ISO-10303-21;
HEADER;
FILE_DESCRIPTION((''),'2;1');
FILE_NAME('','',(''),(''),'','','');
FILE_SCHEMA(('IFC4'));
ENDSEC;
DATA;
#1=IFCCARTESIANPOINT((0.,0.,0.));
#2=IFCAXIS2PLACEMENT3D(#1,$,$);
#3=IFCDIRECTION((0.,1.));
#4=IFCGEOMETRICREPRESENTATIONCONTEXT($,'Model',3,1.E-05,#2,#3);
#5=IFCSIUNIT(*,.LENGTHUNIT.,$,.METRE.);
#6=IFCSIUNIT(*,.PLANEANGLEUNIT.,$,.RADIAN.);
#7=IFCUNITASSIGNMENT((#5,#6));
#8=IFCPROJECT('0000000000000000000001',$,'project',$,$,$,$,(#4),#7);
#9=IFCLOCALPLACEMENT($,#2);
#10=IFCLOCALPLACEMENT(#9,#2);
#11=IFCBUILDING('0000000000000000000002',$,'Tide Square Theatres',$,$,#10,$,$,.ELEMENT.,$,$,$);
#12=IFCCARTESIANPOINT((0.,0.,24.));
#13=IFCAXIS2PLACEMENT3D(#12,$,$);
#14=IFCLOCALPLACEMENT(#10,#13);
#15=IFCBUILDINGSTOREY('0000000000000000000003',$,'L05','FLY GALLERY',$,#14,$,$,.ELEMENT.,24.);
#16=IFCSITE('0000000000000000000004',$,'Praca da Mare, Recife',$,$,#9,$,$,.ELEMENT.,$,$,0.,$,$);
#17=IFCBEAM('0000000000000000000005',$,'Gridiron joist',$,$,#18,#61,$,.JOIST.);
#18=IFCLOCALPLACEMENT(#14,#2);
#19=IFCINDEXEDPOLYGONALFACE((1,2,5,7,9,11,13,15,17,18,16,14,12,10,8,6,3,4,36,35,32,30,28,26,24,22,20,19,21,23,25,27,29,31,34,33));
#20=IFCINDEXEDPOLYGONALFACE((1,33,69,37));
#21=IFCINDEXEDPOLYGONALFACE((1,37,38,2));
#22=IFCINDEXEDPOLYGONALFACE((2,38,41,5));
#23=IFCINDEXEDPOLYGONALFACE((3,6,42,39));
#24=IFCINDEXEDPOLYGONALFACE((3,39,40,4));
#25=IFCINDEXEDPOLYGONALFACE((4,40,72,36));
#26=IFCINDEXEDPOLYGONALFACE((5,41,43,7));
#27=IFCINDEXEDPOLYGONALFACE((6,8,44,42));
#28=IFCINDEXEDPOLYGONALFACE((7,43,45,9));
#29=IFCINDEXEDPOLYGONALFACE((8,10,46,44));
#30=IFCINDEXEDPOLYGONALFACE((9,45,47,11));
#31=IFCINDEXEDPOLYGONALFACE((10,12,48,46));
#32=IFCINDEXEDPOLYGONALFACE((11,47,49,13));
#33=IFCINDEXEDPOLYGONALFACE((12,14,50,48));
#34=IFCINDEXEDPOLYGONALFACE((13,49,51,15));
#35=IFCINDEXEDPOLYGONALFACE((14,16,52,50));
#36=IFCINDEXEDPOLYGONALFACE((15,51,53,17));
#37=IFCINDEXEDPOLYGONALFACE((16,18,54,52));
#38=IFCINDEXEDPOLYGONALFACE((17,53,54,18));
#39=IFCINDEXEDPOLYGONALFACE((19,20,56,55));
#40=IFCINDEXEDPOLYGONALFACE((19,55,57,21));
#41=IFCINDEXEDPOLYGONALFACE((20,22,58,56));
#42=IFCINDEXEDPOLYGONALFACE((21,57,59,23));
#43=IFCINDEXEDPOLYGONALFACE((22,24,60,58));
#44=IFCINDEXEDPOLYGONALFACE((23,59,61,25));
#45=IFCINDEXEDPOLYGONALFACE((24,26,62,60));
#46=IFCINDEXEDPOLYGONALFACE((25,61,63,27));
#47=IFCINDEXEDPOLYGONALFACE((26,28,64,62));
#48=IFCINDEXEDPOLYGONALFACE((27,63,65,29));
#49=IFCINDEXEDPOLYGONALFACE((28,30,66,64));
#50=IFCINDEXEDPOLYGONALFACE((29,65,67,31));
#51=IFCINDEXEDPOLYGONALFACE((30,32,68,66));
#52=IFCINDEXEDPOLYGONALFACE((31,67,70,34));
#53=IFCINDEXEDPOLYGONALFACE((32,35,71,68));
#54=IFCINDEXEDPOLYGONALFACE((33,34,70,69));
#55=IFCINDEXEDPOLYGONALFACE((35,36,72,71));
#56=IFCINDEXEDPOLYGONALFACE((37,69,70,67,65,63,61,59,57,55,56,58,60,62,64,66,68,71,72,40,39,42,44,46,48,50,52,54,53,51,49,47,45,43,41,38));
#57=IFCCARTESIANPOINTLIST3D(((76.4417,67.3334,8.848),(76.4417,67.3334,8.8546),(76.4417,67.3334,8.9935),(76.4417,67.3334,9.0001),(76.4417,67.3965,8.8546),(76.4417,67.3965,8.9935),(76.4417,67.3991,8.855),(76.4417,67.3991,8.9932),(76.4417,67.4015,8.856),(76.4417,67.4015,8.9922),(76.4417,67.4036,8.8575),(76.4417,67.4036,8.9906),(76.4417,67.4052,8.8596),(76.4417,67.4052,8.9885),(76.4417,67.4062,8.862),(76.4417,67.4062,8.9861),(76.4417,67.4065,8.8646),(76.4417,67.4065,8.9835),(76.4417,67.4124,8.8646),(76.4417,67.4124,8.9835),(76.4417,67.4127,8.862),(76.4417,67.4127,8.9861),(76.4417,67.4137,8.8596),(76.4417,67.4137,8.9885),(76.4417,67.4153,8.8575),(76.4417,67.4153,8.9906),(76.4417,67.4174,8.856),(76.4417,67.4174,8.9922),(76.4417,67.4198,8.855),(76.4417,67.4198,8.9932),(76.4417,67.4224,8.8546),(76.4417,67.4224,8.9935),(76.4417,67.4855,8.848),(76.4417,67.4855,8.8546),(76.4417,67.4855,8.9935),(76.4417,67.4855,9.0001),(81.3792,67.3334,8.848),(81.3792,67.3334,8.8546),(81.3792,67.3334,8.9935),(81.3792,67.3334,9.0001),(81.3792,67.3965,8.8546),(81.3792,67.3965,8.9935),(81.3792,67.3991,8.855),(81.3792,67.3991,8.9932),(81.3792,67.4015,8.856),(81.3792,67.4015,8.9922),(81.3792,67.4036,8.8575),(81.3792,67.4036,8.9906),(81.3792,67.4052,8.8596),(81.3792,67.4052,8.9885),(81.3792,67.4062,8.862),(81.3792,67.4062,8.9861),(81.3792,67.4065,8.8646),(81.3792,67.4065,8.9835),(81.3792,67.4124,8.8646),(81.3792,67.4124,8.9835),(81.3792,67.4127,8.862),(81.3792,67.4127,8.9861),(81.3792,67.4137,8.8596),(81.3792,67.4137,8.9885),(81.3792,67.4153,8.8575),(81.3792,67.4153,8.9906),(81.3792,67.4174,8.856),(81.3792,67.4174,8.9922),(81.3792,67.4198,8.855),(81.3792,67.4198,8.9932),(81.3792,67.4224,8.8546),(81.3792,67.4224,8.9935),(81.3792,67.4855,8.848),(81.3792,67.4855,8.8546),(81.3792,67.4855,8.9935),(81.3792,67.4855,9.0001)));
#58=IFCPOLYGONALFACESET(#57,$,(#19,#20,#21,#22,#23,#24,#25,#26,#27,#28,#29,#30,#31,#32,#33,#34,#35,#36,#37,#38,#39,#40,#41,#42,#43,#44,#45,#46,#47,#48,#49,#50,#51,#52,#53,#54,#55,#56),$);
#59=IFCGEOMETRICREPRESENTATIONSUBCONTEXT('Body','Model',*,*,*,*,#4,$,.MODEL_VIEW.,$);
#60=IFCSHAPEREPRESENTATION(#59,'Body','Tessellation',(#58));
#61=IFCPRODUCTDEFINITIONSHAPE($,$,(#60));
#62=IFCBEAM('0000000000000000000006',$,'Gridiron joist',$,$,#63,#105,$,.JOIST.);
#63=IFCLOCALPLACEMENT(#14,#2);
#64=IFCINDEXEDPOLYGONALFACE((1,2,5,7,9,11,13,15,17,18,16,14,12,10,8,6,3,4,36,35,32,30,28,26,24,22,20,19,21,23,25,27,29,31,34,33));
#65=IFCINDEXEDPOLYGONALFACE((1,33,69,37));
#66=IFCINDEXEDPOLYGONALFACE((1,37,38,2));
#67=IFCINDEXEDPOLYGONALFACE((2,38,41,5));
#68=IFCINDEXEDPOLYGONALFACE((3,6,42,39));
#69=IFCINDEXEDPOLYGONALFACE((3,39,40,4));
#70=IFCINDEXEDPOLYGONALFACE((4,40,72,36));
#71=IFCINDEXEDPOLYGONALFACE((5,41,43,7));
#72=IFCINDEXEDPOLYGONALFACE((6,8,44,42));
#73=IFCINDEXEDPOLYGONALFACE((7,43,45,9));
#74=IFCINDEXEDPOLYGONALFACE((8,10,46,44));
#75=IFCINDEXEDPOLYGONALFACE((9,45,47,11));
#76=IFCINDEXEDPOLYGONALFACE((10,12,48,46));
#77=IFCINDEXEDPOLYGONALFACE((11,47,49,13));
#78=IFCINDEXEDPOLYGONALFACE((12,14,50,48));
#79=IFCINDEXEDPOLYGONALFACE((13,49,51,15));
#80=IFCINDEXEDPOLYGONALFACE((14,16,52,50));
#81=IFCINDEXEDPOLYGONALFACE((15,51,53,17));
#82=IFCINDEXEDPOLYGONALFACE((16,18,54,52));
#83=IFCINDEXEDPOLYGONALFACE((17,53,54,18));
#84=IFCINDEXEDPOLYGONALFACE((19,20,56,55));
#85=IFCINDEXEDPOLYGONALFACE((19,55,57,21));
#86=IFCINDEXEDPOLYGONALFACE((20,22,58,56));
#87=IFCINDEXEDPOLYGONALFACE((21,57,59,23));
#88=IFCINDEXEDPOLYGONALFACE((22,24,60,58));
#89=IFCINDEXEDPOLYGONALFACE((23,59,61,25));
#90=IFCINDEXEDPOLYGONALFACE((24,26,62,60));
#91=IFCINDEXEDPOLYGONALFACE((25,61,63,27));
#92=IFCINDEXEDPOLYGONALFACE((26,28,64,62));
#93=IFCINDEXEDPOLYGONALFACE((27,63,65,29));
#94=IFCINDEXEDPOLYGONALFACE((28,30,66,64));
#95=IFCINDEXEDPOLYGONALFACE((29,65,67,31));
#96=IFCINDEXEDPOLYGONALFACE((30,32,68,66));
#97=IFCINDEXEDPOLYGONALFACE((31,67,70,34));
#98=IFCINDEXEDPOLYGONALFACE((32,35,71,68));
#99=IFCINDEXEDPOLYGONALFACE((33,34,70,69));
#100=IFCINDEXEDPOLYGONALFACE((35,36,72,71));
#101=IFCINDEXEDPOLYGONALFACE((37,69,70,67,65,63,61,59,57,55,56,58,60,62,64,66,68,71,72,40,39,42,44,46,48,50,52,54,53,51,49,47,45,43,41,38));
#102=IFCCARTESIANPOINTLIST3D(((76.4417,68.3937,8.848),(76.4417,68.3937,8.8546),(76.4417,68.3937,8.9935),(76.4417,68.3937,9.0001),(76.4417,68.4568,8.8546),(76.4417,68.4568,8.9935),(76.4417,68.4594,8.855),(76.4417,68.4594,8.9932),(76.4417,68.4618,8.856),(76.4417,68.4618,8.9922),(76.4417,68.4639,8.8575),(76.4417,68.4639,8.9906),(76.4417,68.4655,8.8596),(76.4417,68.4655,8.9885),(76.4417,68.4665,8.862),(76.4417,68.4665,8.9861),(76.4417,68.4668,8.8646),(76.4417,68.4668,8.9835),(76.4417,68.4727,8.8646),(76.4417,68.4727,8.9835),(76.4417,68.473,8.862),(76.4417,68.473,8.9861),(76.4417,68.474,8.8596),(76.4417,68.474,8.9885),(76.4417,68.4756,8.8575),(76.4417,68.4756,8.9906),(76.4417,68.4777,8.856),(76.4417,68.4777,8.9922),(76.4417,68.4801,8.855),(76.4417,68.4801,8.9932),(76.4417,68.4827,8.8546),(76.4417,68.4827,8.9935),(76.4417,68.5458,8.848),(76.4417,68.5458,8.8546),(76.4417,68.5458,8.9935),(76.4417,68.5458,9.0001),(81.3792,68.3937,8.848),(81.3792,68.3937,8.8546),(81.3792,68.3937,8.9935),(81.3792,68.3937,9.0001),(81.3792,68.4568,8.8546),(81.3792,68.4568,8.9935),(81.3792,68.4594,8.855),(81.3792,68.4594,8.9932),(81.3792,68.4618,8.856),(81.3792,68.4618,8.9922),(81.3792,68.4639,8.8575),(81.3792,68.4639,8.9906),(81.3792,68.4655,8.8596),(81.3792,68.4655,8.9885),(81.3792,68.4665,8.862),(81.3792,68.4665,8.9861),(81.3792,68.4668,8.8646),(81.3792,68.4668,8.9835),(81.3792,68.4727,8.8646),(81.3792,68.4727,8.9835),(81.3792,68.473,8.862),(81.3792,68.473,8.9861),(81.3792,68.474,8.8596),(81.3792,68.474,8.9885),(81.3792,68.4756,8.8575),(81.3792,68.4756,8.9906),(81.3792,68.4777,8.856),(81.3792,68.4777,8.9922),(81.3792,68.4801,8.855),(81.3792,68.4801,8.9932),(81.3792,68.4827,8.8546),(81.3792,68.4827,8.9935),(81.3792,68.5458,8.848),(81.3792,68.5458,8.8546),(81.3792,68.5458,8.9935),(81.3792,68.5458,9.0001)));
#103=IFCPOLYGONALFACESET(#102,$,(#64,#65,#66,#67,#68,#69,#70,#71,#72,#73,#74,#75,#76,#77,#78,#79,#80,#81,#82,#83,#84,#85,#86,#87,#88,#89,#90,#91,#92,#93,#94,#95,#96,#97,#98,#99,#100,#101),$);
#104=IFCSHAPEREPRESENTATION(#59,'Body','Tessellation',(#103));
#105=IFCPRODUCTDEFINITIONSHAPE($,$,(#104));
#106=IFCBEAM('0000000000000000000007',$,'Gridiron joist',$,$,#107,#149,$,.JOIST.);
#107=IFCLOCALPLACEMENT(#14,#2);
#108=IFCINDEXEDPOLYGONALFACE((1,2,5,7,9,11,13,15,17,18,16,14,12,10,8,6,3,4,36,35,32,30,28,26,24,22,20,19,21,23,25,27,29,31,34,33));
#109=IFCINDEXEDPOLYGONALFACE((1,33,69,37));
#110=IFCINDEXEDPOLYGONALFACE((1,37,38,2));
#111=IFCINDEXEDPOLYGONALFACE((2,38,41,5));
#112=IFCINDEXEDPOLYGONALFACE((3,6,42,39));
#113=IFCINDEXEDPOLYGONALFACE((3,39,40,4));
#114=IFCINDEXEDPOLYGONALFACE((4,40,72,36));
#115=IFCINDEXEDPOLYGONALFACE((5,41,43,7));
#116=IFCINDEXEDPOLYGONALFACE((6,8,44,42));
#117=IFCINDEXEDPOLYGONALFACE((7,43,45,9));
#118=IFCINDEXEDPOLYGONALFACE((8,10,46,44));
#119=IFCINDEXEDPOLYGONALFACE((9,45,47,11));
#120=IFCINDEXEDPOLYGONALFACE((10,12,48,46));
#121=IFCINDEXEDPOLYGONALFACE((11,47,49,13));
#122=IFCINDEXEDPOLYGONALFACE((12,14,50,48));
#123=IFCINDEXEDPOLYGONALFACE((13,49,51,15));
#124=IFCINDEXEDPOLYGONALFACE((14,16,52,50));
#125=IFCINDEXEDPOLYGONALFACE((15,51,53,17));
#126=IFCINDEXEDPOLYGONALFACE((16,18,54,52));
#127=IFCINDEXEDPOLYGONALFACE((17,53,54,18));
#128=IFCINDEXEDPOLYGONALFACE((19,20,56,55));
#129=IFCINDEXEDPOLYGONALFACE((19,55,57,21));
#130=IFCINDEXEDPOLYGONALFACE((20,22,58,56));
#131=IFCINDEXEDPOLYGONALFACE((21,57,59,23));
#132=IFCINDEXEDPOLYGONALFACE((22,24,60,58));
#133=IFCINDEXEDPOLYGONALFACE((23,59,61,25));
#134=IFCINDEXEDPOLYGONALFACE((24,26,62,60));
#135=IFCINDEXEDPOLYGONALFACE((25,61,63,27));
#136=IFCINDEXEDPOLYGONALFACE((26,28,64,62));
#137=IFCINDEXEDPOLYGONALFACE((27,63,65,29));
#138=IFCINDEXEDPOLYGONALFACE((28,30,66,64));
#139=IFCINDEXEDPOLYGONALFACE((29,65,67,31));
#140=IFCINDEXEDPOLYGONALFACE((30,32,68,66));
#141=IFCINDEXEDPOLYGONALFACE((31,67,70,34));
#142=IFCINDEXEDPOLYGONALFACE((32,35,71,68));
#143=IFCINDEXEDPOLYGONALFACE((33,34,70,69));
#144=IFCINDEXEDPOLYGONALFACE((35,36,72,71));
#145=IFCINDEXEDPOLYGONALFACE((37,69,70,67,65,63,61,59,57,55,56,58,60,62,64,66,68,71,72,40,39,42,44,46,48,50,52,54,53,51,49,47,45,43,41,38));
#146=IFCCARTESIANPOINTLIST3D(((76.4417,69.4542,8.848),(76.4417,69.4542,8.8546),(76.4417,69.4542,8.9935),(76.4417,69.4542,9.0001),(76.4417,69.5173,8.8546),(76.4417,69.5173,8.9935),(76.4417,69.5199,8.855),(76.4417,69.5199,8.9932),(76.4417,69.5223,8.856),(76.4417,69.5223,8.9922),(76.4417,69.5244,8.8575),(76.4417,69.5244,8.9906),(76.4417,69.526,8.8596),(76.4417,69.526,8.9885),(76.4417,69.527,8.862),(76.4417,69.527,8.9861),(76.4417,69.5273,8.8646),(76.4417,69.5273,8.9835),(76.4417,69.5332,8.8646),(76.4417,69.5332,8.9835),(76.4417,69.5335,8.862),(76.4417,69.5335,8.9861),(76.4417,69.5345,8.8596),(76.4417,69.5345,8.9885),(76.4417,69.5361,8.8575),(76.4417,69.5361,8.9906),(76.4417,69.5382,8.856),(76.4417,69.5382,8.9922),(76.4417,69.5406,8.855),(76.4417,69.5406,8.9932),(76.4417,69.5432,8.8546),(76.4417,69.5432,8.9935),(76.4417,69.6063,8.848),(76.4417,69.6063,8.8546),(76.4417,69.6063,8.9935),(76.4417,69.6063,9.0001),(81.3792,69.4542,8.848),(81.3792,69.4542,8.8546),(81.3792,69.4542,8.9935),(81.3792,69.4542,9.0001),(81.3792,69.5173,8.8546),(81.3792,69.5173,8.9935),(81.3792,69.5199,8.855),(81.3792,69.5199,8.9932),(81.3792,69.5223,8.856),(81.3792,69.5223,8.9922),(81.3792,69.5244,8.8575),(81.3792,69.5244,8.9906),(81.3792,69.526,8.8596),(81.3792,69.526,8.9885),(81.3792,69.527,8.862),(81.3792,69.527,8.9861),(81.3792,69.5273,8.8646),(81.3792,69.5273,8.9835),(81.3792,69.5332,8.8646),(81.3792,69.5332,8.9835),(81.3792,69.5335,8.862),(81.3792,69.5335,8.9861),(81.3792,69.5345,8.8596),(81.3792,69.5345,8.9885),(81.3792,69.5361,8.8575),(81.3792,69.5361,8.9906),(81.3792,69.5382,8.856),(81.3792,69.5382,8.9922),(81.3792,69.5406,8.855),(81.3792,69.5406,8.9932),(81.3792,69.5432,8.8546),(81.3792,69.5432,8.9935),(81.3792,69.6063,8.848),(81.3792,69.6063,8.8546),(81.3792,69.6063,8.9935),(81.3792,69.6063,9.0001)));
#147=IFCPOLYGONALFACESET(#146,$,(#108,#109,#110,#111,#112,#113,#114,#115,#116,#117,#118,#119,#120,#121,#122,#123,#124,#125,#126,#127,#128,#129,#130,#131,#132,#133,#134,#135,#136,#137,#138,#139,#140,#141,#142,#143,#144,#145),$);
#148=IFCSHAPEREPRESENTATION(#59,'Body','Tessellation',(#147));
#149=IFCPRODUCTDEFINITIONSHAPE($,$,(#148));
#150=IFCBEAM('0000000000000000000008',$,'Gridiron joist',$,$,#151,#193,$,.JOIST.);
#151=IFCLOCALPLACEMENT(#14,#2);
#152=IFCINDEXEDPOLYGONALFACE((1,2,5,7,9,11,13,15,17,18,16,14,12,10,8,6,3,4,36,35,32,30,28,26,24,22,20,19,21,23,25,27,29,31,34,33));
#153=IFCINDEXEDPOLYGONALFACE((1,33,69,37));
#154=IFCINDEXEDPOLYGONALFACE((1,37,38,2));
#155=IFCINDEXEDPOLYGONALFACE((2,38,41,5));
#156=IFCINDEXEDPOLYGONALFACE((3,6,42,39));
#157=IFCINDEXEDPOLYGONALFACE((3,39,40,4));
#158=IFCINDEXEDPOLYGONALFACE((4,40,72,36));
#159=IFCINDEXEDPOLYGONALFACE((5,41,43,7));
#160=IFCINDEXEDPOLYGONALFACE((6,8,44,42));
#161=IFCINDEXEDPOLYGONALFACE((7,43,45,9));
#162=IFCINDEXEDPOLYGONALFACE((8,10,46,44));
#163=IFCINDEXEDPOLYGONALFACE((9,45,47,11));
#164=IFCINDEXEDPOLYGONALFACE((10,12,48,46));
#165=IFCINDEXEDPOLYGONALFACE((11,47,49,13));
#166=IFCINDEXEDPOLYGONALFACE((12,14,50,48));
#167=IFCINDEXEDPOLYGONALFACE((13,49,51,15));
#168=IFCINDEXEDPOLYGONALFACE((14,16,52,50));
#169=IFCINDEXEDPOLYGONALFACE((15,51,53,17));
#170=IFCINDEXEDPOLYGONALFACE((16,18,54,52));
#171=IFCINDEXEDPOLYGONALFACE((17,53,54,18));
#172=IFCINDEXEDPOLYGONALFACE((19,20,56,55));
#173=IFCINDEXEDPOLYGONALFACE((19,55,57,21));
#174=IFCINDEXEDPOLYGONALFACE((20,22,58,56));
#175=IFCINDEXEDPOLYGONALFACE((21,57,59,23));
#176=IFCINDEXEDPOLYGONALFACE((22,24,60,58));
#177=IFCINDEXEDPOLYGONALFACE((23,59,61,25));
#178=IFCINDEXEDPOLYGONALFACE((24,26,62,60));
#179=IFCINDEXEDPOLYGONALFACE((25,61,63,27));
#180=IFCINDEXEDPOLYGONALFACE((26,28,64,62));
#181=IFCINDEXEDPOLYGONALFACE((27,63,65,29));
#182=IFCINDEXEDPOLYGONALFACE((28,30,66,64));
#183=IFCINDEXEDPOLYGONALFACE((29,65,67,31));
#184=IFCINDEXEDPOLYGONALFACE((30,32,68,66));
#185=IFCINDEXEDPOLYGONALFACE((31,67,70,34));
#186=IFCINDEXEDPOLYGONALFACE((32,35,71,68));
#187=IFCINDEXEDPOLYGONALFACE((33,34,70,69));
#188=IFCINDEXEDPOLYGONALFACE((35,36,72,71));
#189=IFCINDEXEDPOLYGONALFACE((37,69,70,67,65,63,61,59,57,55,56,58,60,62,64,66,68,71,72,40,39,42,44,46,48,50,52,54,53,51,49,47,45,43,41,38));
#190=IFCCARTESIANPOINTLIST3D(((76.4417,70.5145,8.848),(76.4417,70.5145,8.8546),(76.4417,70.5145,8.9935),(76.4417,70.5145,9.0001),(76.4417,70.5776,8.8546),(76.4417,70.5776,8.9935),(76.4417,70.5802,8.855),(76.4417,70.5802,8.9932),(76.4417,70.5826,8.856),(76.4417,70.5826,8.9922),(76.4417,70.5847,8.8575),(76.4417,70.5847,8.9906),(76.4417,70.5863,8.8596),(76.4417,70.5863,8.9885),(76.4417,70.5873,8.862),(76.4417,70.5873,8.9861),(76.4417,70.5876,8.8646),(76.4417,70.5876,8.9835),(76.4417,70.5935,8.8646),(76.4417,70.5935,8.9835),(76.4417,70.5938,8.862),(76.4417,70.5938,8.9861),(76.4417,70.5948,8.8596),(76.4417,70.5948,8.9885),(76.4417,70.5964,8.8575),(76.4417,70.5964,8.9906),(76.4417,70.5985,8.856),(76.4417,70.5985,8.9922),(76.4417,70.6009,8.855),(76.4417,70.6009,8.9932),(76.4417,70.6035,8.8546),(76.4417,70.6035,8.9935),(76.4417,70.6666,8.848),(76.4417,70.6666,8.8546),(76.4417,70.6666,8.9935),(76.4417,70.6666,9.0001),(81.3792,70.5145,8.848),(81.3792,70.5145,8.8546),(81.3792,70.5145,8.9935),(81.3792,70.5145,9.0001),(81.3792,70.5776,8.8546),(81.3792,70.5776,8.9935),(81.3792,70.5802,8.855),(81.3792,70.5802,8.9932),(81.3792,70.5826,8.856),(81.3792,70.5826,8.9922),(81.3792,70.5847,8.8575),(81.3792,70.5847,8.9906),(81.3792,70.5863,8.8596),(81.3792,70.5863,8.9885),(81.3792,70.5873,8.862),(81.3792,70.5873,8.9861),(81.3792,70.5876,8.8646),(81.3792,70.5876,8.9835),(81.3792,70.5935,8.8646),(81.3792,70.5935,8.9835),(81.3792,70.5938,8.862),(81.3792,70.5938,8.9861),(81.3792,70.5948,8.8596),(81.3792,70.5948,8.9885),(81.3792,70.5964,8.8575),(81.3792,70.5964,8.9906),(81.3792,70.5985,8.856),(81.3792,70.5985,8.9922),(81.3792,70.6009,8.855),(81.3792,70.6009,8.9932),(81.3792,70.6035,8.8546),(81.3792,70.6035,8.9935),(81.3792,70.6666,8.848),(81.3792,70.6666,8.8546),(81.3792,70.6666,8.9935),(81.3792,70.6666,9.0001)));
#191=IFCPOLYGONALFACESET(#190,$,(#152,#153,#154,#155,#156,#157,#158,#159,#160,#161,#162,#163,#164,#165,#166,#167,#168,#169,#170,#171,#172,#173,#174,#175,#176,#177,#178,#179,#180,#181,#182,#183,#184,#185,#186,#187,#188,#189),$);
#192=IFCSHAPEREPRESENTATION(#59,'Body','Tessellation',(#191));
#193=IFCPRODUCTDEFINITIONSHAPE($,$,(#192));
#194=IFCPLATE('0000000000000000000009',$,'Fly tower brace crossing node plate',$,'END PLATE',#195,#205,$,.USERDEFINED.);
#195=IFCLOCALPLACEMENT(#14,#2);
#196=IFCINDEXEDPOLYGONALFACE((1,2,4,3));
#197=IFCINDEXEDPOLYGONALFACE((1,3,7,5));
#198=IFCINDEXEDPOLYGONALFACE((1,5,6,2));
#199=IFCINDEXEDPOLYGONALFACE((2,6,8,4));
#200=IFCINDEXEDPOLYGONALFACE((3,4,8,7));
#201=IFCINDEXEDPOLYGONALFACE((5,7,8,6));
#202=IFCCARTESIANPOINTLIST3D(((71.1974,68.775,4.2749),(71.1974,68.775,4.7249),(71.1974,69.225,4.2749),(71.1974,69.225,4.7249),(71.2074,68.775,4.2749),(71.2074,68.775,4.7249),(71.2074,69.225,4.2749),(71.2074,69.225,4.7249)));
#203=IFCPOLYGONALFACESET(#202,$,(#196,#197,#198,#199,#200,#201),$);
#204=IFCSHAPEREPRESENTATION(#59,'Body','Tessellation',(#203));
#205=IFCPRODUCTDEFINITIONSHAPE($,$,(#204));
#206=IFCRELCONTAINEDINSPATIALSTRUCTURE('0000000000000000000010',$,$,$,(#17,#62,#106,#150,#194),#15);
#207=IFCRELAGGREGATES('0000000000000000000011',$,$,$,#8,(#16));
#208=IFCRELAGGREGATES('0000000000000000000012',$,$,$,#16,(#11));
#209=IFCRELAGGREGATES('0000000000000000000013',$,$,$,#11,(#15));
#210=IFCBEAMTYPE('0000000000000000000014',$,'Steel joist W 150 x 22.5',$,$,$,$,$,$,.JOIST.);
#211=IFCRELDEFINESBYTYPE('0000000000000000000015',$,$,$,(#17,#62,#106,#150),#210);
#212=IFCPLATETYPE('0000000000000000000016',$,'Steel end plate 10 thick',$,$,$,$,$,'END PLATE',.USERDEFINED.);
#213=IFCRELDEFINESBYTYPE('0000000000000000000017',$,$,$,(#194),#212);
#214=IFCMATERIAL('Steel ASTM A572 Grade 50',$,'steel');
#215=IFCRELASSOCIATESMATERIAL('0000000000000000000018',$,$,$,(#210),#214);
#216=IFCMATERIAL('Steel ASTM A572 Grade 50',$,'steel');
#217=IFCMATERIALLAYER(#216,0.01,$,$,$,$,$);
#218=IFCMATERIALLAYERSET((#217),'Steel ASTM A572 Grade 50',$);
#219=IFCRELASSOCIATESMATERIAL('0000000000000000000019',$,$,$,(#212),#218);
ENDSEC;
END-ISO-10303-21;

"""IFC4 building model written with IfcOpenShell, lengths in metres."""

from ifc_helpers import new_model, si_unit, direction, frame, origin, origin_2d, place, context, subcontext, project, spatial, rectangle, i_section, extrude, material, layer, layer_set, material_profile, profile_set, type_object, element, save


model = new_model("IFC4")

# Units and contexts
model_context = context("Model", 3, precision=1e-05, world=origin(), true_north=direction((0.0, 1.0)))
body_context = subcontext(model_context, "Body", "Model", "MODEL_VIEW")
ifc_project = project(units=[si_unit("LENGTHUNIT", "METRE"), si_unit("PLANEANGLEUNIT", "RADIAN")], contexts=[model_context])

# Site, building, storey
site_placement = place(None, origin())
site = spatial("IfcSite", under=ifc_project, at=site_placement, Name="Praca da Mare, Recife", CompositionType="ELEMENT", RefElevation=0.0)
building_placement = place(site_placement, origin())
building = spatial("IfcBuilding", under=site, at=building_placement, Name="Tide Square Theatres", CompositionType="ELEMENT")
storey_placement = place(building_placement, frame((0.0, 0.0, 24.0)))
storey = spatial("IfcBuildingStorey", under=building, at=storey_placement, Name="L05", Description="FLY GALLERY", CompositionType="ELEMENT", Elevation=24.0)

# Beams
ifc_material_1 = material(Name="Steel ASTM A572 Grade 50", Category="steel")
ifc_material_profile_1 = material_profile(ifc_material_1, i_section(OverallWidth=0.1521, OverallDepth=0.1521, WebThickness=0.0059, FlangeThickness=0.0066, FilletRadius=0.01, at=origin_2d()))
ifc_profile_set_1 = profile_set([ifc_material_profile_1], Name="Steel ASTM A572 Grade 50")
beam_type_1 = type_object("IfcBeamType", Name="Steel joist W 150 x 22.5", PredefinedType="JOIST", material=ifc_profile_set_1)
for number, where, z_axis, x_axis, name in (
    (1, (76.4417, 67.4094, 8.9241), (1.0, 0.0, 0.0), (0.0, 1.0, 0.0), "Gridiron joist"),
    (2, (76.4417, 68.4697, 8.9241), (1.0, 0.0, 0.0), (0.0, 1.0, 0.0), "Gridiron joist"),
    (3, (76.4417, 69.5303, 8.9241), (1.0, 0.0, 0.0), (0.0, 1.0, 0.0), "Gridiron joist"),
    (4, (76.4417, 70.5906, 8.9241), (1.0, 0.0, 0.0), (0.0, 1.0, 0.0), "Gridiron joist"),
):
    element("IfcBeam", number, at=place(storey_placement, frame(where, z_axis=z_axis, x_axis=x_axis)), inside=storey, type_object=beam_type_1, Name=name, PredefinedType="JOIST", context=body_context, shape_type="SweptSolid", body=[
        extrude(i_section(OverallWidth=0.1521, OverallDepth=0.1521, WebThickness=0.0059, FlangeThickness=0.0066, FilletRadius=0.01, at=origin_2d()), origin(), (0.0, 0.0, 1.0), 4.9375),
    ])

# Plate
ifc_material_2 = material(Name="Steel ASTM A572 Grade 50", Category="steel")
ifc_layer_1 = layer(ifc_material_2, 0.01)
ifc_layer_set_1 = layer_set([ifc_layer_1], Name="Steel ASTM A572 Grade 50")
plate_type = type_object("IfcPlateType", Name="Steel end plate 10 thick", ElementType="END PLATE", PredefinedType="USERDEFINED", material=ifc_layer_set_1)
for number, where, z_axis, x_axis, name in (
    (5, (71.2024, 69.0, 4.2749), (0.0, 0.0, 1.0), (-1.0, 0.0, 0.0), "Fly tower brace crossing node plate"),
):
    element("IfcPlate", number, at=place(storey_placement, frame(where, z_axis=z_axis, x_axis=x_axis)), inside=storey, type_object=plate_type, Name=name, ObjectType="END PLATE", PredefinedType="USERDEFINED", context=body_context, shape_type="SweptSolid", body=[
        extrude(rectangle(XDim=0.01, YDim=0.45, at=origin_2d()), origin(), (0.0, 0.0, 1.0), 0.45),
    ])

save(model, "model.ifc")
